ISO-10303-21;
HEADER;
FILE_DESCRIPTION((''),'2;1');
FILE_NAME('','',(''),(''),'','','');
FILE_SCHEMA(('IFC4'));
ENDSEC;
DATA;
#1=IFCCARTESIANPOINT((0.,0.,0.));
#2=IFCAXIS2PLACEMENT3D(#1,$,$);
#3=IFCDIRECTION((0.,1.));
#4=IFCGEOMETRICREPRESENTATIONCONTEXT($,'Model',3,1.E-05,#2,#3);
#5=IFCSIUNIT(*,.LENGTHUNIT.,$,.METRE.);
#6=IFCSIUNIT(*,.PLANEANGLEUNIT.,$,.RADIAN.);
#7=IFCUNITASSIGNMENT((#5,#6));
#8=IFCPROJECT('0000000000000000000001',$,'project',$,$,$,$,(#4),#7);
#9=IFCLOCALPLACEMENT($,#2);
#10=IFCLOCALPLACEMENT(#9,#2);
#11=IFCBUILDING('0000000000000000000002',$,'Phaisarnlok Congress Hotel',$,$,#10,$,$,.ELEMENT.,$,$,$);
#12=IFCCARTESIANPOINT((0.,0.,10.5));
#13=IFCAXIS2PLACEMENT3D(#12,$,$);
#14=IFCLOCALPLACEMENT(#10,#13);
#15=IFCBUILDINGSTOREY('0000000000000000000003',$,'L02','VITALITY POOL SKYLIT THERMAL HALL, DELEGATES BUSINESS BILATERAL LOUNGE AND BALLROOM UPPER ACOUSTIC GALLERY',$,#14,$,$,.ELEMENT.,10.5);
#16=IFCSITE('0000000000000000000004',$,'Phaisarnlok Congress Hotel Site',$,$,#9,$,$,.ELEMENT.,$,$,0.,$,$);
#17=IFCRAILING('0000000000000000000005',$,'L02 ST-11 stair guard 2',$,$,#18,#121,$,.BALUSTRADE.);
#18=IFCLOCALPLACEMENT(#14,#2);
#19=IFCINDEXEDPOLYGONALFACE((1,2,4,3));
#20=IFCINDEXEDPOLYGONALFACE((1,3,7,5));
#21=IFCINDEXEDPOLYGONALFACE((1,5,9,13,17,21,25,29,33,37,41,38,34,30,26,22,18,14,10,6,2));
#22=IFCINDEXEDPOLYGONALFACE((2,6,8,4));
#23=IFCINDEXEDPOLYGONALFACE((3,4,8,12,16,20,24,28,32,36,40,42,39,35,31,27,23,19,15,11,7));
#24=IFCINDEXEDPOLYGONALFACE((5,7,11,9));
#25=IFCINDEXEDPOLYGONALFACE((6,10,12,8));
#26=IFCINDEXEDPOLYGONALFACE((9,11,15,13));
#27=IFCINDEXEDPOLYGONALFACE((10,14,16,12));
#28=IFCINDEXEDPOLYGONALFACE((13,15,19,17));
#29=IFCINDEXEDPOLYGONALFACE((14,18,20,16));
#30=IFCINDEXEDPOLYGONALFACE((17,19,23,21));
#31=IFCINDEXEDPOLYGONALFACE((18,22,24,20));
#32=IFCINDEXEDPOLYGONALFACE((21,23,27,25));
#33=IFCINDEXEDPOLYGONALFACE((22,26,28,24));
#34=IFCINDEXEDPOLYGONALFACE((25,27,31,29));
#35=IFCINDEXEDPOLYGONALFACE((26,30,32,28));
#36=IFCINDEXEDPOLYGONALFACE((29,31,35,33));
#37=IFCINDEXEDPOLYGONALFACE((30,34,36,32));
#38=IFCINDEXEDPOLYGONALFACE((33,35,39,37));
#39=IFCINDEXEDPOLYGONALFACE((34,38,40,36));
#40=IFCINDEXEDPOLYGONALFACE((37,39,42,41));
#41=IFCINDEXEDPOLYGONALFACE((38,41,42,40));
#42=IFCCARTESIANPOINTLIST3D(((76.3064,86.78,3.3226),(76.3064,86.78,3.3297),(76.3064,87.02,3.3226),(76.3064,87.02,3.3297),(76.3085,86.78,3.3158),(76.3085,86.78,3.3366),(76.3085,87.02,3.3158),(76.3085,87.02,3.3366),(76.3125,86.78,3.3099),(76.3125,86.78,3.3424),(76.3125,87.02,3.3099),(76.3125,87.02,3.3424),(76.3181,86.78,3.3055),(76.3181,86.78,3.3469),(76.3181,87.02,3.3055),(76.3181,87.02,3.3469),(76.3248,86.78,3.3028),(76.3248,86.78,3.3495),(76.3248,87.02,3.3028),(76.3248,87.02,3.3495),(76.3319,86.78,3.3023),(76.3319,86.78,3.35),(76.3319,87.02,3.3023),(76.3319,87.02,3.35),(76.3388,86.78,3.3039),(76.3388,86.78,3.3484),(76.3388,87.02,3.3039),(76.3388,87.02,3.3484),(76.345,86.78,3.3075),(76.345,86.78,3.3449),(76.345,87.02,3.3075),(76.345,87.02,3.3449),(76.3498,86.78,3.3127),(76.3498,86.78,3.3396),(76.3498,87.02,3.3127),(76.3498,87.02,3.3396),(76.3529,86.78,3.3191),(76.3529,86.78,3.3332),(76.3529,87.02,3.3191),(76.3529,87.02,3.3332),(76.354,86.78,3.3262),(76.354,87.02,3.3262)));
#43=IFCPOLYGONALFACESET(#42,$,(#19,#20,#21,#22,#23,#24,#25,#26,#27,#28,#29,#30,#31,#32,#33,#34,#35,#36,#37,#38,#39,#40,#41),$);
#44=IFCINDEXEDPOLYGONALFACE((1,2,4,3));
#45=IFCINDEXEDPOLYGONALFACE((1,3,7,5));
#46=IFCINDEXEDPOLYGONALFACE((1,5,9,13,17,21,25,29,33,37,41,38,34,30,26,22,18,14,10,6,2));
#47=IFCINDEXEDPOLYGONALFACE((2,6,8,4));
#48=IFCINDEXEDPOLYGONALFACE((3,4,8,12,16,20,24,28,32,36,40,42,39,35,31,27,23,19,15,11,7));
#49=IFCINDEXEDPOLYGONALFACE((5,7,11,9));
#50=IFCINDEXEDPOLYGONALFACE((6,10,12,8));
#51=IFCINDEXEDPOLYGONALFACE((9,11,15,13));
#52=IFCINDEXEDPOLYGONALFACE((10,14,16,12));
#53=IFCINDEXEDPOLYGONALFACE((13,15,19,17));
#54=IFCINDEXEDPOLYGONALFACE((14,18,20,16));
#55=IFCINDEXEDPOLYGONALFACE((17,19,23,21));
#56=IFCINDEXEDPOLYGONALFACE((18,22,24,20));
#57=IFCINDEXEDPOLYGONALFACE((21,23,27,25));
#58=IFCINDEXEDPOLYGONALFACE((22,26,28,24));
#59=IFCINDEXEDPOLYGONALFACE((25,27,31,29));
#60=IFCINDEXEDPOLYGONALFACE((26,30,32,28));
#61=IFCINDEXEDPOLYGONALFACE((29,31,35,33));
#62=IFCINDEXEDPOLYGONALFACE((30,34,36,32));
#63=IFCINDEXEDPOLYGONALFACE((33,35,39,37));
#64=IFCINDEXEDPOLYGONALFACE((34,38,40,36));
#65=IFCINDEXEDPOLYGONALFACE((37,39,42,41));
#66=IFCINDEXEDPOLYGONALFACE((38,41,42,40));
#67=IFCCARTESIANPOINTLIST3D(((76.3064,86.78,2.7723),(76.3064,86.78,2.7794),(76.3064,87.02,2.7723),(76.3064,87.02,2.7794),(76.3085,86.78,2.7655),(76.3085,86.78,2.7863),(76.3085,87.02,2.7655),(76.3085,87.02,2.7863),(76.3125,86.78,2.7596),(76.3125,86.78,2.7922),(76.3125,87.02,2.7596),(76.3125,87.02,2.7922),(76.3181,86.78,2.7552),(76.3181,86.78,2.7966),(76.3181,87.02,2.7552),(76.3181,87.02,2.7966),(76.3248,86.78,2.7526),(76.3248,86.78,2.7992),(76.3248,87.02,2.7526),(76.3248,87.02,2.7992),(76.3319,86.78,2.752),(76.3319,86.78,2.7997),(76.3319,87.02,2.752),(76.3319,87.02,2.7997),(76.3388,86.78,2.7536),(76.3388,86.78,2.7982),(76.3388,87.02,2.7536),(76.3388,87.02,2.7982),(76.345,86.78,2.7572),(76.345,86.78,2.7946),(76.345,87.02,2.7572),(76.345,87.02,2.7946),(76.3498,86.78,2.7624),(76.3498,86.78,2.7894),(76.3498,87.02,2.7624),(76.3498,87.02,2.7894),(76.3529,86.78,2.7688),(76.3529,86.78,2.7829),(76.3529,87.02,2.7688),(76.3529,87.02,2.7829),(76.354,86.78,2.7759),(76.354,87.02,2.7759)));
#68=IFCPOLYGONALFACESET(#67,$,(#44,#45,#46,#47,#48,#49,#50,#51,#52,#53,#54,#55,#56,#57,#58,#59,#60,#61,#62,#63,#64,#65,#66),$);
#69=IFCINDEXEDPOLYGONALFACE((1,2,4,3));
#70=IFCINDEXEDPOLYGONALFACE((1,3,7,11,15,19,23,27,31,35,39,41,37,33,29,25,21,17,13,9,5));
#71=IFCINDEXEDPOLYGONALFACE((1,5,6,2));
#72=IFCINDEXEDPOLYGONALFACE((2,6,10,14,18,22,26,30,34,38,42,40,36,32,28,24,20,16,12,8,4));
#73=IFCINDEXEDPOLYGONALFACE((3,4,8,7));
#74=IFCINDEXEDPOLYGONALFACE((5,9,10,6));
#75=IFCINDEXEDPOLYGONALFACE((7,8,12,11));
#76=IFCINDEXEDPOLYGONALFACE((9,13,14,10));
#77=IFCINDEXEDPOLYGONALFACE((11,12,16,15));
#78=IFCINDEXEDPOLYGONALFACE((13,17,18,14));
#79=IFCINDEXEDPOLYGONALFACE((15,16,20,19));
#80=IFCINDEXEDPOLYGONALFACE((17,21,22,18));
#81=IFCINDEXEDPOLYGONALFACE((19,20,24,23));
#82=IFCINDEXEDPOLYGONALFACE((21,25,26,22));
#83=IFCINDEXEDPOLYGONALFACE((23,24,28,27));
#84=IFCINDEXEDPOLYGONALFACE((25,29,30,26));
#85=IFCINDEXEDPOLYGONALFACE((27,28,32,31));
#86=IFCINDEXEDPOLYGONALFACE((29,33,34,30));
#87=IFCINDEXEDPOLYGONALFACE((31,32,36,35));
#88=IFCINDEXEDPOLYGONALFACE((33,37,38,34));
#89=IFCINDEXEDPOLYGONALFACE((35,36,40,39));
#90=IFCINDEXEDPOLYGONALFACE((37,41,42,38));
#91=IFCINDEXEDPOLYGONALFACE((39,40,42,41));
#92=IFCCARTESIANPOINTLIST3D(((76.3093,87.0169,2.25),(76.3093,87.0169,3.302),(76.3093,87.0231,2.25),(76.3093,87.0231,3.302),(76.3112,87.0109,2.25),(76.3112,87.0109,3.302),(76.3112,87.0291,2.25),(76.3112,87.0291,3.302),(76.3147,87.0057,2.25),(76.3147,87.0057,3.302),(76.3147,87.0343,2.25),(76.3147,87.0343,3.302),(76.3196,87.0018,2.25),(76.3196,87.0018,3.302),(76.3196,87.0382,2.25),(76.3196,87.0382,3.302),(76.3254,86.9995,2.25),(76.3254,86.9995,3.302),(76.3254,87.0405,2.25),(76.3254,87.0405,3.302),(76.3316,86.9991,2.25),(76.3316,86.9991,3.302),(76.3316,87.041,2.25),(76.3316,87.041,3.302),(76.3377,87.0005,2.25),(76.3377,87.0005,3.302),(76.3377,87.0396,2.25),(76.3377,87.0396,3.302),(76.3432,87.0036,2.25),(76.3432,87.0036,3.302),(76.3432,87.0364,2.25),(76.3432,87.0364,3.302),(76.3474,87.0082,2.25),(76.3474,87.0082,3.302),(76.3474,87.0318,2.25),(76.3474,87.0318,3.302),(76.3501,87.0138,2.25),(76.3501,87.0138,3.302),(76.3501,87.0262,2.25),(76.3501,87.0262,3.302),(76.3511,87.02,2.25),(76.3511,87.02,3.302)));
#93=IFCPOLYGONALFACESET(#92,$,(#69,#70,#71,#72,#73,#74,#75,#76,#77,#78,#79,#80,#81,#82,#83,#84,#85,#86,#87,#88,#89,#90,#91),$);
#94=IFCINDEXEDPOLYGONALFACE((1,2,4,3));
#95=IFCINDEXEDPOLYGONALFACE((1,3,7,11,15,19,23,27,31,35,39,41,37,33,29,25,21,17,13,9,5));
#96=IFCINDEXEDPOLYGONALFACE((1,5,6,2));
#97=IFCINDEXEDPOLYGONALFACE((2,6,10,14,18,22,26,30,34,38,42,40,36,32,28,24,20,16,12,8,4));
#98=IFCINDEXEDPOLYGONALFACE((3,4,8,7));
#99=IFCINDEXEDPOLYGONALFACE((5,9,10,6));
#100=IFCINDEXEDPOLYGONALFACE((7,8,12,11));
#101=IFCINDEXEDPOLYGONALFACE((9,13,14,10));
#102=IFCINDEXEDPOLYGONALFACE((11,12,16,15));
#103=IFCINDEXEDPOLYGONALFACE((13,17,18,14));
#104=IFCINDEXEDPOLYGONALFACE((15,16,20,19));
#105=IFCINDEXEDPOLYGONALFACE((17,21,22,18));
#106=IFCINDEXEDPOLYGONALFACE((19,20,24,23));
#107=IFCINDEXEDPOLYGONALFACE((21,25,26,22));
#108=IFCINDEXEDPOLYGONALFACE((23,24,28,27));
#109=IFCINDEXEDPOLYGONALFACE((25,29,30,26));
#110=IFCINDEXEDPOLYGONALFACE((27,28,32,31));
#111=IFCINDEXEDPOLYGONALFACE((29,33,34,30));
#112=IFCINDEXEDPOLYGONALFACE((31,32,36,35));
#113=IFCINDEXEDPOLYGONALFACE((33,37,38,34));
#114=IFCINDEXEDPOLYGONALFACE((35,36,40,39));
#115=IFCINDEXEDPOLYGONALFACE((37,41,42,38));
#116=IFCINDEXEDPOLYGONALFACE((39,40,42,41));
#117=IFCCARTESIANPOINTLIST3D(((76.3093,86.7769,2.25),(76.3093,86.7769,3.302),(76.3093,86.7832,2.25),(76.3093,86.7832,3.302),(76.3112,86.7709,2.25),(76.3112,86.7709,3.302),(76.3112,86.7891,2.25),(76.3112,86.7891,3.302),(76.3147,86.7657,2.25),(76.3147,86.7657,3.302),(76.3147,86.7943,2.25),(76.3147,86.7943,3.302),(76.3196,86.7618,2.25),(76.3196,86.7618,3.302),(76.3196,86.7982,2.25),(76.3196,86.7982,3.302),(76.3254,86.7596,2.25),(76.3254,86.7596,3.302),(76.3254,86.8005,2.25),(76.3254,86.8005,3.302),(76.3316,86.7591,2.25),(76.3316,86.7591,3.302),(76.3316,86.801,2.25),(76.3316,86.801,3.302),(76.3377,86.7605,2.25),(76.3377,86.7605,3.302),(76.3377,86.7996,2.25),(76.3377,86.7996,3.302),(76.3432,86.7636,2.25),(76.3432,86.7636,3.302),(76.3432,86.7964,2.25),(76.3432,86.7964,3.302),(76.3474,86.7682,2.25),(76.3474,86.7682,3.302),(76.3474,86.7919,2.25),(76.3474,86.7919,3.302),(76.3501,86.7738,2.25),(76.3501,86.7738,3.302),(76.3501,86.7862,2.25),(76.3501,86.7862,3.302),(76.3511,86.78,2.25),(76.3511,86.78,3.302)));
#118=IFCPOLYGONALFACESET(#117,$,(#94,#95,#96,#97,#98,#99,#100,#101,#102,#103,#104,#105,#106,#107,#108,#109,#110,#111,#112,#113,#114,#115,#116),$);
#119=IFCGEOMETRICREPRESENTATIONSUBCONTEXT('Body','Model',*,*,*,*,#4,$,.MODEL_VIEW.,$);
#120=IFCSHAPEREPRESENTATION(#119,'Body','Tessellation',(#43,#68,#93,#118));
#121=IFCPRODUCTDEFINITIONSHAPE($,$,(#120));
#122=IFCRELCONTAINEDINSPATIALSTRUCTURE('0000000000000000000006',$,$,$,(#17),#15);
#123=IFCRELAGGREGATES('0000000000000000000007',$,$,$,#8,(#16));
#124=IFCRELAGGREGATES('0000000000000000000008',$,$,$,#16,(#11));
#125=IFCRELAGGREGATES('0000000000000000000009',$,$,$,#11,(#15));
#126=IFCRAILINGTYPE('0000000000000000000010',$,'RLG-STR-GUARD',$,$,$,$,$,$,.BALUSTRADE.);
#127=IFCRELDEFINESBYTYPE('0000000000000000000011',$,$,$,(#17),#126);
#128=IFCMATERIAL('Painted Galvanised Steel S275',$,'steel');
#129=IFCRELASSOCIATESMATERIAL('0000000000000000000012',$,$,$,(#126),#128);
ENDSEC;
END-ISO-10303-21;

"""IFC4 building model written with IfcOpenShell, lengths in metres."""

from ifc_helpers import new_model, si_unit, direction, frame, origin, origin_2d, place, context, subcontext, project, spatial, circle, extrude, material, type_object, element, save


model = new_model("IFC4")

# Units and contexts
model_context = context("Model", 3, precision=1e-05, world=origin(), true_north=direction((0.0, 1.0)))
body_context = subcontext(model_context, "Body", "Model", "MODEL_VIEW")
ifc_project = project(units=[si_unit("LENGTHUNIT", "METRE"), si_unit("PLANEANGLEUNIT", "RADIAN")], contexts=[model_context])

# Site, building, storey
site_placement = place(None, origin())
site = spatial("IfcSite", under=ifc_project, at=site_placement, Name="Phaisarnlok Congress Hotel Site", CompositionType="ELEMENT", RefElevation=0.0)
building_placement = place(site_placement, origin())
building = spatial("IfcBuilding", under=site, at=building_placement, Name="Phaisarnlok Congress Hotel", CompositionType="ELEMENT")
storey_placement = place(building_placement, frame((0.0, 0.0, 10.5)))
storey = spatial("IfcBuildingStorey", under=building, at=storey_placement, Name="L02", Description="VITALITY POOL SKYLIT THERMAL HALL, DELEGATES BUSINESS BILATERAL LOUNGE AND BALLROOM UPPER ACOUSTIC GALLERY", CompositionType="ELEMENT", Elevation=10.5)

# Railing
ifc_material_1 = material(Name="Painted Galvanised Steel S275", Category="steel")
railing_type_1 = type_object("IfcRailingType", Name="RLG-STR-GUARD", PredefinedType="BALUSTRADE", material=ifc_material_1)
railing_1_placement = place(storey_placement, frame((76.3301, 87.02, 2.25)))
element("IfcRailing", 1, at=railing_1_placement, inside=storey, type_object=railing_type_1, Name="L02 ST-11 stair guard 2", PredefinedType="BALUSTRADE", context=body_context, shape_type="SweptSolid", body=[
    extrude(circle(Radius=0.0239, at=origin_2d()), frame((0.0, 0.0, 1.0762), z_axis=(0.0, -1.0, 0.0), x_axis=(1.0, 0.0, 0.0)), (0.0, 0.0, 1.0), 0.24),
    extrude(circle(Radius=0.0239, at=origin_2d()), frame((0.0, 0.0, 0.5259), z_axis=(0.0, -1.0, 0.0), x_axis=(1.0, 0.0, 0.0)), (0.0, 0.0, 1.0), 0.24),
    extrude(circle(Radius=0.021, at=origin_2d()), origin(), (0.0, 0.0, 1.0), 1.052),
    extrude(circle(Radius=0.021, at=origin_2d()), frame((0.0, -0.24, 0.0)), (0.0, 0.0, 1.0), 1.052),
])

save(model, "model.ifc")
